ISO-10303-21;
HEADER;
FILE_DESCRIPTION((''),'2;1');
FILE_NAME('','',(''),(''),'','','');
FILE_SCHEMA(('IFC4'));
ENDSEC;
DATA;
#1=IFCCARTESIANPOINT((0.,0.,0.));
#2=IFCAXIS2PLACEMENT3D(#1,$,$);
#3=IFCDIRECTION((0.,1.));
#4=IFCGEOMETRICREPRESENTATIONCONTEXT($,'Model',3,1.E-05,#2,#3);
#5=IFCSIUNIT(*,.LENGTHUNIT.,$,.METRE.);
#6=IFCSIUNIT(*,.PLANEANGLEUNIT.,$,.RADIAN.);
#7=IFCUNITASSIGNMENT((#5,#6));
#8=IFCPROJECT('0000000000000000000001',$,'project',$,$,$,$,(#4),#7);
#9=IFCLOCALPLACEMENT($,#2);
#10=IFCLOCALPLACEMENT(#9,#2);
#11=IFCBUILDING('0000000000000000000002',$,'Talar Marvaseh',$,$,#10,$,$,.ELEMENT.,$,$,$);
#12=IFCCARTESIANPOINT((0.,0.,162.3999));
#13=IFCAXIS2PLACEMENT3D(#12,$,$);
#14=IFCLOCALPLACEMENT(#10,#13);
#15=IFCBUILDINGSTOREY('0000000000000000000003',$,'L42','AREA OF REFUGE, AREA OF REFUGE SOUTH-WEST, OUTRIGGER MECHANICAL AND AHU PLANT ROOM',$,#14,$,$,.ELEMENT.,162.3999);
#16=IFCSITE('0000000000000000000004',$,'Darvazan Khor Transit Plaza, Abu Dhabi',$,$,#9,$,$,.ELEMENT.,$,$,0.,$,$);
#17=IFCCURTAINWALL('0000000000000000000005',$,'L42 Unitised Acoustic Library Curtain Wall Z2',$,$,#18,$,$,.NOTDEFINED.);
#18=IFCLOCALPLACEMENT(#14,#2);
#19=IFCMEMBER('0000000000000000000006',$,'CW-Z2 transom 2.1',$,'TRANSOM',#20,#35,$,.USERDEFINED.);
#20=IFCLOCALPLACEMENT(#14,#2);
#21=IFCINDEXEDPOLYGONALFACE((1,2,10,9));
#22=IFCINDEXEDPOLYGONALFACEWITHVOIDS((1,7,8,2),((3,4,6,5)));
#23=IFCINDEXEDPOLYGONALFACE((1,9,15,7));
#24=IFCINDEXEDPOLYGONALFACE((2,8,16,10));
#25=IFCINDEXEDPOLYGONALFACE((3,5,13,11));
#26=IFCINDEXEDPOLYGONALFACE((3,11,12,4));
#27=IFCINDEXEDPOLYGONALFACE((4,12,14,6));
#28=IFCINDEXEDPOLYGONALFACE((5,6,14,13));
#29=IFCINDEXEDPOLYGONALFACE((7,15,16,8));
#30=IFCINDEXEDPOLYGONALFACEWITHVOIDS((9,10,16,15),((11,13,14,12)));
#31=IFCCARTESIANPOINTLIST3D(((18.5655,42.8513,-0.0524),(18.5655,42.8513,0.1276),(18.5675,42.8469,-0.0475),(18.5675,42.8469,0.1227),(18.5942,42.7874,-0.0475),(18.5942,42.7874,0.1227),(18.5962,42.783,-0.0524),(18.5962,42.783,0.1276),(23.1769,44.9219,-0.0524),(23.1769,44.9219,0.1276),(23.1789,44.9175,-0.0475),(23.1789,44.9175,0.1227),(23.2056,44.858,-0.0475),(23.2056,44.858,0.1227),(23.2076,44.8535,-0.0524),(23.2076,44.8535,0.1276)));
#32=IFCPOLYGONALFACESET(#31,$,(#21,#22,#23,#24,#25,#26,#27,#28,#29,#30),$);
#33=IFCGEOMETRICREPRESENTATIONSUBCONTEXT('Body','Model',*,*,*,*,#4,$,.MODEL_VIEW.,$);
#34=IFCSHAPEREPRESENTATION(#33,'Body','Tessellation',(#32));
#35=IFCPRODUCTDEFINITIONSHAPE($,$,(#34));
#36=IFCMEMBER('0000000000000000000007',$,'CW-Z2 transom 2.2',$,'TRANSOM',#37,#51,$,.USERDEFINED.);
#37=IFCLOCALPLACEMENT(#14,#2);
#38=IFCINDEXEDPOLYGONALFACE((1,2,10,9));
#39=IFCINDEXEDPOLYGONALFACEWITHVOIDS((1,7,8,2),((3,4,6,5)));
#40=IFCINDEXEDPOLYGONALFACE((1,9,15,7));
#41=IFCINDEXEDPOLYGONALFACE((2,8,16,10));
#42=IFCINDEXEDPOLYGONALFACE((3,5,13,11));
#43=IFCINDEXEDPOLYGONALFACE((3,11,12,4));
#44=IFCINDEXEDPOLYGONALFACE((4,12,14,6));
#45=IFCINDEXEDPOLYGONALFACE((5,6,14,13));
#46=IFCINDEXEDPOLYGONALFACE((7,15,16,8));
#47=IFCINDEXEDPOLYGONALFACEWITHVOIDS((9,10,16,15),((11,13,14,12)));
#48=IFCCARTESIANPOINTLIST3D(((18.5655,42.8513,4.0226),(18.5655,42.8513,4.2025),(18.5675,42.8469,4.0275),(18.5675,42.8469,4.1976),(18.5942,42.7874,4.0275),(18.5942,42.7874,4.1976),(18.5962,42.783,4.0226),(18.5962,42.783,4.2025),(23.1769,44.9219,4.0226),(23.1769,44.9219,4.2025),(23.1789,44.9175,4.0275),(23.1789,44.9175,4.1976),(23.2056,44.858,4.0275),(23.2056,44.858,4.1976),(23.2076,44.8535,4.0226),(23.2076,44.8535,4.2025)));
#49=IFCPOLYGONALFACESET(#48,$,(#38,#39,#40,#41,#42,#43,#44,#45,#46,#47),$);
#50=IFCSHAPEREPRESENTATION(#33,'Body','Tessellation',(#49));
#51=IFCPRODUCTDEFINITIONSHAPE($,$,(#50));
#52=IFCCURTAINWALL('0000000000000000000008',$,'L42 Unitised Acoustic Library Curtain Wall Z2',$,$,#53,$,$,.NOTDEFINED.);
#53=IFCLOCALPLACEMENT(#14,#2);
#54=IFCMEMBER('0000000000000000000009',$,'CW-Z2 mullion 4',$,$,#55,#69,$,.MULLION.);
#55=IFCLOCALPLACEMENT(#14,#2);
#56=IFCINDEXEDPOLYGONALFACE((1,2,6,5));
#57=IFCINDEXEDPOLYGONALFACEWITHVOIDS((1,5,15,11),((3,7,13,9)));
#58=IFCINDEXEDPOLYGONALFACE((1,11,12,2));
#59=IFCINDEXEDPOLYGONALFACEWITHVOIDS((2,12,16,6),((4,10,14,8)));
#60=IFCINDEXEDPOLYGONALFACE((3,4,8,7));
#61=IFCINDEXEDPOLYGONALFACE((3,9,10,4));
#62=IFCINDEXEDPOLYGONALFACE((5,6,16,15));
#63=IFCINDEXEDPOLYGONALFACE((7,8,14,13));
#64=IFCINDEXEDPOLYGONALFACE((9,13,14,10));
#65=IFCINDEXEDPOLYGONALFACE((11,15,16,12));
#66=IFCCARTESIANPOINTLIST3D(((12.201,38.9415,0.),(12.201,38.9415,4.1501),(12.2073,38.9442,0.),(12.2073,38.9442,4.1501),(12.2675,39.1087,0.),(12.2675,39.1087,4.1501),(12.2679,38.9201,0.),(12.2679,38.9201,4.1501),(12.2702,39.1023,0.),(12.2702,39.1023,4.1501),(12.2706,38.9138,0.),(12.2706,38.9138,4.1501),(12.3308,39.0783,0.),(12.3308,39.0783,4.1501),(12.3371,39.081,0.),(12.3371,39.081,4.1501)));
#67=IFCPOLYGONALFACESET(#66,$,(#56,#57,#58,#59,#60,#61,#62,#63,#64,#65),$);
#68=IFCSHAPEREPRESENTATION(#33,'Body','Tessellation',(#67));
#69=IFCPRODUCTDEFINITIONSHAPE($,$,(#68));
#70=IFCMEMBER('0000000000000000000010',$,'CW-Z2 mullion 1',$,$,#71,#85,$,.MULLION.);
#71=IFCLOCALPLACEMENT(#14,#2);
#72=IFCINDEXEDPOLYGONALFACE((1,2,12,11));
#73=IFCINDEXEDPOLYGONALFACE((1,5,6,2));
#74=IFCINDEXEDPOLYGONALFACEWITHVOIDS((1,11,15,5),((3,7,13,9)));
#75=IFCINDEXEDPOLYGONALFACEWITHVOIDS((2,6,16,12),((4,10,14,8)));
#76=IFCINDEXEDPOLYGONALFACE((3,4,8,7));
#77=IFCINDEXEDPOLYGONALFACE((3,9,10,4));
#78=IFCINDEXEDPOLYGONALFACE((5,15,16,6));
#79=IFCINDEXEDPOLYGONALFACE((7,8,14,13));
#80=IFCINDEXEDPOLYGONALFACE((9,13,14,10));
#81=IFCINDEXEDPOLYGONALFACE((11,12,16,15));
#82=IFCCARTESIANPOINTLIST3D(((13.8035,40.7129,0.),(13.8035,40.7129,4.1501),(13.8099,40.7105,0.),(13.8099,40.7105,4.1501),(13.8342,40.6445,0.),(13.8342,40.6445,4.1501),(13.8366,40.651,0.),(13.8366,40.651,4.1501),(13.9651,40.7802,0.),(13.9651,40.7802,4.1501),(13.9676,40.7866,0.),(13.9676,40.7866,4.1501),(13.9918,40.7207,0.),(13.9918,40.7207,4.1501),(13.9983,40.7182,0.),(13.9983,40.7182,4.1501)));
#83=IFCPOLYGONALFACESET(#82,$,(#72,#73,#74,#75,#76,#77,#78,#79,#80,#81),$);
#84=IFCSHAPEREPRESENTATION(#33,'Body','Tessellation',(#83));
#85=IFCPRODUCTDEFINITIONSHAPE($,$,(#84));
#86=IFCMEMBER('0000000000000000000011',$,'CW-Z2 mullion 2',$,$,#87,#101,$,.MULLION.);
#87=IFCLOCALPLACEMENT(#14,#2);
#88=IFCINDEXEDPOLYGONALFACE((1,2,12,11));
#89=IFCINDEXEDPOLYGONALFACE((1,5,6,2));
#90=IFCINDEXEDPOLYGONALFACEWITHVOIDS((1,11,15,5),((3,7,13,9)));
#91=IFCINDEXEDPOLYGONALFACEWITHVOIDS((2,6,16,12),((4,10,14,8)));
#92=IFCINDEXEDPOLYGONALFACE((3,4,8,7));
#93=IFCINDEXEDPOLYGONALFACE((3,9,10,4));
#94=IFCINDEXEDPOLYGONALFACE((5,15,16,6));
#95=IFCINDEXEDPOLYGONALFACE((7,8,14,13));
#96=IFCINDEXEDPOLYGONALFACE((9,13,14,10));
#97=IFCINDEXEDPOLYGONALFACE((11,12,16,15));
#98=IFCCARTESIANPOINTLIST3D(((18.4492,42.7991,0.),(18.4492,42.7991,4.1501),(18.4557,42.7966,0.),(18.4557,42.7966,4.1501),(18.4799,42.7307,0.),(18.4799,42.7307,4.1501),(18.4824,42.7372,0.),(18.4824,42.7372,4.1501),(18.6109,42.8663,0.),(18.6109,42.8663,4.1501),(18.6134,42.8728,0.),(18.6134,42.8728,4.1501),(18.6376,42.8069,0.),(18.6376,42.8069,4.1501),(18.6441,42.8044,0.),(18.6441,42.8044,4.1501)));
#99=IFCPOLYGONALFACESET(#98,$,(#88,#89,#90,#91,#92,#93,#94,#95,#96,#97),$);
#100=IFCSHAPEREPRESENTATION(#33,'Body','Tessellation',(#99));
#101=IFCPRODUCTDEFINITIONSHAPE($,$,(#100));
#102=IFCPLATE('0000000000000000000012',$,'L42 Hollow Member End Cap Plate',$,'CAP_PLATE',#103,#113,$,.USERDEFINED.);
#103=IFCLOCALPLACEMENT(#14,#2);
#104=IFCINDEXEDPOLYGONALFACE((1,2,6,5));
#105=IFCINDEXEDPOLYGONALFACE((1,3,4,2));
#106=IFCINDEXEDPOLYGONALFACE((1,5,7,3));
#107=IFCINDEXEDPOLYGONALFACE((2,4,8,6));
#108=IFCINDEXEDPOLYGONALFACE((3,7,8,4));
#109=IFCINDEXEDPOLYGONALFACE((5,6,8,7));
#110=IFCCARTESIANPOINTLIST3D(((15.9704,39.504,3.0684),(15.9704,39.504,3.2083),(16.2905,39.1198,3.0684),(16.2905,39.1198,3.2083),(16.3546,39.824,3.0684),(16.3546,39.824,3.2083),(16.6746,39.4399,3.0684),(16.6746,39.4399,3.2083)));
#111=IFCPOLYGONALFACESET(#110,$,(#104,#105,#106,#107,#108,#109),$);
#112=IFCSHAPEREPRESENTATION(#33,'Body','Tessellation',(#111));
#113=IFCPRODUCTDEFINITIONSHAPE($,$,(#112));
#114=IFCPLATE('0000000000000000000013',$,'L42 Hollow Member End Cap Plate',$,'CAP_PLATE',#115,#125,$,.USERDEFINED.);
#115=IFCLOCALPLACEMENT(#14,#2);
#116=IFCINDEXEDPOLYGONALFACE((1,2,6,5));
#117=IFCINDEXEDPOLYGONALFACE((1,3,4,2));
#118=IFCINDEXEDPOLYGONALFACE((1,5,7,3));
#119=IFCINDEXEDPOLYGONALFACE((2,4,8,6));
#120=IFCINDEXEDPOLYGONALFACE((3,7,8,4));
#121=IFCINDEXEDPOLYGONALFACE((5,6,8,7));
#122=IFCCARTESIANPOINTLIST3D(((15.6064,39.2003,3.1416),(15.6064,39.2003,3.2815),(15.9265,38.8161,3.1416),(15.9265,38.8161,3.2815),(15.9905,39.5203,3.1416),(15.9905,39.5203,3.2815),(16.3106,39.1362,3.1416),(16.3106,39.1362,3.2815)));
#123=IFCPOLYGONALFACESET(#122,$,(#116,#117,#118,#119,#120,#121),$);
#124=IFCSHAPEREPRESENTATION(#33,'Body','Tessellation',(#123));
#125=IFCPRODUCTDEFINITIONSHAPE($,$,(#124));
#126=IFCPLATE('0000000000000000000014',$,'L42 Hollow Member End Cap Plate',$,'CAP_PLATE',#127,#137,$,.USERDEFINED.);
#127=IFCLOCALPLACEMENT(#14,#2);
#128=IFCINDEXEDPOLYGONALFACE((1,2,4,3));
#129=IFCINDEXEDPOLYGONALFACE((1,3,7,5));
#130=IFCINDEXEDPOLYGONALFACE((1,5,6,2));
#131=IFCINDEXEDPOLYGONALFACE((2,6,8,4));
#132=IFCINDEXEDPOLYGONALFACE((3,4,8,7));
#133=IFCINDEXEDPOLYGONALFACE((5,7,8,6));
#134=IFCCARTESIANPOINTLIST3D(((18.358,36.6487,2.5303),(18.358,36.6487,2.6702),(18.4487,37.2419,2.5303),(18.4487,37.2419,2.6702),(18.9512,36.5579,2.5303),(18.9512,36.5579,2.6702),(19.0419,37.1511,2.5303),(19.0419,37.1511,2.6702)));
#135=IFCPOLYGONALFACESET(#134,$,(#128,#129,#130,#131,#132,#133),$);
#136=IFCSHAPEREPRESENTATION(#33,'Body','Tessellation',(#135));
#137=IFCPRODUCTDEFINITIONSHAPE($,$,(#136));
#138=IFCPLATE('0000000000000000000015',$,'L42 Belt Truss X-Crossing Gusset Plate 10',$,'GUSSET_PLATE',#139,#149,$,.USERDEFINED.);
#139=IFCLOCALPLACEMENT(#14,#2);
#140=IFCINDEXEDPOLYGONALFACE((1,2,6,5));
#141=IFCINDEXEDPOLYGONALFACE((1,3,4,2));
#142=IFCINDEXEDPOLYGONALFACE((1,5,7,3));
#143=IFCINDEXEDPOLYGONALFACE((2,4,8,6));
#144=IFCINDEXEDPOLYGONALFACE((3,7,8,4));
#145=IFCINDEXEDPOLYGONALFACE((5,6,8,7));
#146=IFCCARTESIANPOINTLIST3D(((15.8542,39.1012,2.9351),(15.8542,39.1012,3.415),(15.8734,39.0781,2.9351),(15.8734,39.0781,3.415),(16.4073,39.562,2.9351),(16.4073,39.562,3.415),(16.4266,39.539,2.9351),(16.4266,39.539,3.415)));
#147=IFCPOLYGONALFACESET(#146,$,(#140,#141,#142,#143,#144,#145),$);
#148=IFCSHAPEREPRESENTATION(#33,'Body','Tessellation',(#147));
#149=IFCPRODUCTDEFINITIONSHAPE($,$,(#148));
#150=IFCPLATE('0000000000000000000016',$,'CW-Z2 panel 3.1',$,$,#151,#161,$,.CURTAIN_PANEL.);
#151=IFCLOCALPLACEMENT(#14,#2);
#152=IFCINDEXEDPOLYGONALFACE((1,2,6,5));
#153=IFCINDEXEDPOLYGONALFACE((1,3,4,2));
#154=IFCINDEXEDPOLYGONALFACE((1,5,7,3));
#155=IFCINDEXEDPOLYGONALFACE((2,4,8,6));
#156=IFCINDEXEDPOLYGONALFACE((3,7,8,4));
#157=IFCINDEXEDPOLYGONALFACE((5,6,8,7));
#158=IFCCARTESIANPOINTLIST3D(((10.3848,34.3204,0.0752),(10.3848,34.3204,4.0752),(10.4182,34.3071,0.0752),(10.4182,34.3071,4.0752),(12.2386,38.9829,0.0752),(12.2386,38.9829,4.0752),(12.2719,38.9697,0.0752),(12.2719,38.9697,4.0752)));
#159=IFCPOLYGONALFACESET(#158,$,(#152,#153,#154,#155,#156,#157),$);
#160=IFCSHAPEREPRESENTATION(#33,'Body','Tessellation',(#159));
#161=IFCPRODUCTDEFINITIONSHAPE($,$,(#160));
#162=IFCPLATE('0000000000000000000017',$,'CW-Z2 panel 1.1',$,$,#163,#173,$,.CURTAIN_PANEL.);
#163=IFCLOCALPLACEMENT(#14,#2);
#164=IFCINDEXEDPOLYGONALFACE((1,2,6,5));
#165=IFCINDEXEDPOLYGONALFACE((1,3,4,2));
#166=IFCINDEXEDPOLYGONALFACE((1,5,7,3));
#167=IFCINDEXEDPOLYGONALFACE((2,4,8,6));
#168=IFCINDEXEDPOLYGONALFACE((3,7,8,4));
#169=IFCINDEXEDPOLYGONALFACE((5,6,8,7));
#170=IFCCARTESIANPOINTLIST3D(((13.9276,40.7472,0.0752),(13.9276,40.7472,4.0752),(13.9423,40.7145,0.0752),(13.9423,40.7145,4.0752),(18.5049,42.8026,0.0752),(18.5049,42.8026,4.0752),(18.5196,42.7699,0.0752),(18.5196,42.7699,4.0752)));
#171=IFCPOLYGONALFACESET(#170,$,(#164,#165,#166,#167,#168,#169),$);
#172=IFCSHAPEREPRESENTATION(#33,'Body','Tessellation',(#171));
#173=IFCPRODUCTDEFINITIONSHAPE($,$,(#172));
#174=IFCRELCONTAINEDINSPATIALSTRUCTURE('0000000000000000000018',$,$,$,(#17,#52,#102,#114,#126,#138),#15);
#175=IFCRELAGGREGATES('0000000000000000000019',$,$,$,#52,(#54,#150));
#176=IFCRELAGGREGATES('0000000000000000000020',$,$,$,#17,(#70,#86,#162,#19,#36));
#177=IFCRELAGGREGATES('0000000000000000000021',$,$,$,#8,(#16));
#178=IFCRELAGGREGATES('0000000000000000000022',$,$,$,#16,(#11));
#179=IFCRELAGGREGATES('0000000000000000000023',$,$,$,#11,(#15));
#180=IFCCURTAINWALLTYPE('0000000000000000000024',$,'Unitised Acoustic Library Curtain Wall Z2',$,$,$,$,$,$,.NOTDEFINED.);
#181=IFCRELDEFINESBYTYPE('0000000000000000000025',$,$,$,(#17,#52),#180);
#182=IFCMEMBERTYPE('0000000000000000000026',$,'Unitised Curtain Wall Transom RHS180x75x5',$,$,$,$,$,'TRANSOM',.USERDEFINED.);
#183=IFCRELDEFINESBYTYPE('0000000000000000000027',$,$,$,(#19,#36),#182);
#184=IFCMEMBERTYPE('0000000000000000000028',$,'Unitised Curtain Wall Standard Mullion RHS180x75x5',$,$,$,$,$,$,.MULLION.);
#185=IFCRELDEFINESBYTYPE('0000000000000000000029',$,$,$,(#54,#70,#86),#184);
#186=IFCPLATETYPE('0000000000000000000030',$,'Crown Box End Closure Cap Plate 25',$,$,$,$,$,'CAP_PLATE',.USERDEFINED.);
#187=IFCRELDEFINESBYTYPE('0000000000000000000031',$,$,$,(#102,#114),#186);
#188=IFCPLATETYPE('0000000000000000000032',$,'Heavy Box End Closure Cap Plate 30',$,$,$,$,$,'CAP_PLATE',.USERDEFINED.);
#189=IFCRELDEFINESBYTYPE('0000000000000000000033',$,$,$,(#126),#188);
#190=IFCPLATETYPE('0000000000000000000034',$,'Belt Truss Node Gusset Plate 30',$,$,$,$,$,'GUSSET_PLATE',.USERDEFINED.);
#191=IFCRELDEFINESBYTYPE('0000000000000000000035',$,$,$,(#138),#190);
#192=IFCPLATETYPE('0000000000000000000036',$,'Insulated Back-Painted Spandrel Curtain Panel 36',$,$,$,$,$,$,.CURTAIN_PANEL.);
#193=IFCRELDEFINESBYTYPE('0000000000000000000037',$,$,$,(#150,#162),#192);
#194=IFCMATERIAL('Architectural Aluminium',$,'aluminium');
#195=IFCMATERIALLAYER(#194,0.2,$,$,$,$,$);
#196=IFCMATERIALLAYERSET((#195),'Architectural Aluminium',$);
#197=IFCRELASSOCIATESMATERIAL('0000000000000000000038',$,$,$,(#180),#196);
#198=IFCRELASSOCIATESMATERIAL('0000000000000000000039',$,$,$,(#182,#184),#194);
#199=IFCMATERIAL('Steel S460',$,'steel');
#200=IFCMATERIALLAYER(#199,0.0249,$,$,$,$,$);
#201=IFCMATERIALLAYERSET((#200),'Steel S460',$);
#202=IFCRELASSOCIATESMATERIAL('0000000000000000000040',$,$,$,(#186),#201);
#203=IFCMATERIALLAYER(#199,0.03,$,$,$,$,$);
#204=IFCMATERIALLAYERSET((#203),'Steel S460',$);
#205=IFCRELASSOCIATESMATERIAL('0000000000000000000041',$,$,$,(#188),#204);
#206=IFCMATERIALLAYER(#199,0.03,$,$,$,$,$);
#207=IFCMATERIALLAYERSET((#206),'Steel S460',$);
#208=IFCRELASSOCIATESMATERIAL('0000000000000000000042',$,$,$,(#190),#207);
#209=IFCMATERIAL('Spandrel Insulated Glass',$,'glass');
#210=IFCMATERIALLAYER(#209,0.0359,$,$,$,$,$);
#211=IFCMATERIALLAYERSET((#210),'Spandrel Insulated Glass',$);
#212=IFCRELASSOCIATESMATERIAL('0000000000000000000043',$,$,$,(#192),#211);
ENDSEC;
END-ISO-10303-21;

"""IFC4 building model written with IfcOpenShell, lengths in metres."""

from ifc_helpers import new_model, si_unit, direction, frame, origin, origin_2d, place, context, subcontext, project, spatial, rectangle, hollow_rectangle, extrude, source, transform, mapped, material, layer, layer_set, material_profile, profile_set, type_object, type_shapes, element, aggregate, save


model = new_model("IFC4")

# Units and contexts
model_context = context("Model", 3, precision=1e-05, world=origin(), true_north=direction((0.0, 1.0)))
body_context = subcontext(model_context, "Body", "Model", "MODEL_VIEW")
ifc_project = project(units=[si_unit("LENGTHUNIT", "METRE"), si_unit("PLANEANGLEUNIT", "RADIAN")], contexts=[model_context])

# Site, building, storey
site_placement = place(None, origin())
site = spatial("IfcSite", under=ifc_project, at=site_placement, Name="Darvazan Khor Transit Plaza, Abu Dhabi", CompositionType="ELEMENT", RefElevation=0.0)
building_placement = place(site_placement, origin())
building = spatial("IfcBuilding", under=site, at=building_placement, Name="Talar Marvaseh", CompositionType="ELEMENT")
storey_placement = place(building_placement, frame((0.0, 0.0, 162.3999)))
storey = spatial("IfcBuildingStorey", under=building, at=storey_placement, Name="L42", Description="AREA OF REFUGE, AREA OF REFUGE SOUTH-WEST, OUTRIGGER MECHANICAL AND AHU PLANT ROOM", CompositionType="ELEMENT", Elevation=162.3999)

# Shared definitions
ifc_material_1 = material(Name="Steel S460", Category="steel")

# Curtain wall, members
ifc_material_2 = material(Name="Architectural Aluminium", Category="aluminium")
ifc_layer_1 = layer(ifc_material_2, 0.2)
ifc_layer_set_1 = layer_set([ifc_layer_1], Name="Architectural Aluminium")
curtain_wall_type = type_object("IfcCurtainWallType", Name="Unitised Acoustic Library Curtain Wall Z2", PredefinedType="NOTDEFINED", material=ifc_layer_set_1)
curtain_wall_1_placement = place(storey_placement, origin())
curtain_wall_1 = element("IfcCurtainWall", 1, at=curtain_wall_1_placement, inside=storey, type_object=curtain_wall_type, Name="L42 Unitised Acoustic Library Curtain Wall Z2", PredefinedType="NOTDEFINED")
ifc_material_profile_1 = material_profile(ifc_material_2, hollow_rectangle(XDim=0.075, YDim=0.1799, WallThickness=0.0049, at=origin_2d()), Name="RHS180x75x5")
ifc_profile_set_1 = profile_set([ifc_material_profile_1], Name="Architectural Aluminium")
member_type_1 = type_object("IfcMemberType", Name="Unitised Curtain Wall Transom RHS180x75x5", ElementType="TRANSOM", PredefinedType="USERDEFINED", material=ifc_profile_set_1)
shared_shape_1 = source(origin(), body_context, "Body", "SweptSolid", [
    extrude(hollow_rectangle(XDim=0.075, YDim=0.1799, WallThickness=0.0049, at=origin_2d()), origin(), (0.0, 0.0, 1.0), 5.0549),
])
member_1_placement = place(storey_placement, frame((18.5808, 42.8171, 0.0376), z_axis=(0.912257, 0.409617, 0.0), x_axis=(-0.409617, 0.912257, 0.0)))
member_1 = element("IfcMember", 2, at=member_1_placement, type_object=member_type_1, Name="CW-Z2 transom 2.1", ObjectType="TRANSOM", PredefinedType="USERDEFINED", context=body_context, shape_type="MappedRepresentation", body=[
    mapped(shared_shape_1, transform((0.0, 0.0, 0.0), x_axis=(1.0, 0.0, 0.0), y_axis=(0.0, 1.0, 0.0), z_axis=(0.0, 0.0, 1.0), scale=1.0)),
])
member_2_placement = place(storey_placement, frame((18.5808, 42.8171, 4.1125), z_axis=(0.912257, 0.409617, 0.0), x_axis=(-0.409617, 0.912257, 0.0)))
member_2 = element("IfcMember", 3, at=member_2_placement, type_object=member_type_1, Name="CW-Z2 transom 2.2", ObjectType="TRANSOM", PredefinedType="USERDEFINED", context=body_context, shape_type="MappedRepresentation", body=[
    mapped(shared_shape_1, transform((0.0, 0.0, 0.0), x_axis=(1.0, 0.0, 0.0), y_axis=(0.0, 1.0, 0.0), z_axis=(0.0, 0.0, 1.0), scale=1.0)),
])

# Curtain wall, member
curtain_wall_2_placement = place(storey_placement, origin())
curtain_wall_2 = element("IfcCurtainWall", 4, at=curtain_wall_2_placement, inside=storey, type_object=curtain_wall_type, Name="L42 Unitised Acoustic Library Curtain Wall Z2", PredefinedType="NOTDEFINED")
ifc_material_profile_2 = material_profile(ifc_material_2, hollow_rectangle(XDim=0.075, YDim=0.1799, WallThickness=0.0049, at=origin_2d()), Name="RHS180x75x5")
ifc_profile_set_2 = profile_set([ifc_material_profile_2], Name="Architectural Aluminium")
member_type_2 = type_object("IfcMemberType", Name="Unitised Curtain Wall Standard Mullion RHS180x75x5", PredefinedType="MULLION", material=ifc_profile_set_2)
shared_shape_2 = source(origin(), body_context, "Body", "SweptSolid", [
    extrude(hollow_rectangle(XDim=0.075, YDim=0.1799, WallThickness=0.0049, at=origin_2d()), origin(), (0.0, 0.0, 1.0), 4.1501),
])
type_shapes(member_type_2, [shared_shape_2])
member_3_placement = place(storey_placement, frame((12.269, 39.0112, 0.0), z_axis=(0.0, 0.0, 1.0), x_axis=(-0.929247, 0.369458, 0.0)))
member_3 = element("IfcMember", 5, at=member_3_placement, type_object=member_type_2, Name="CW-Z2 mullion 4", PredefinedType="MULLION", context=body_context, shape_type="MappedRepresentation", body=[
    mapped(shared_shape_2, transform((0.0, 0.0, 0.0), x_axis=(1.0, 0.0, 0.0), y_axis=(0.0, 1.0, 0.0), z_axis=(0.0, 0.0, 1.0), scale=1.0)),
])

# Members
member_4_placement = place(storey_placement, frame((13.9009, 40.7156, 0.0), z_axis=(0.0, 0.0, 1.0), x_axis=(-0.409639, 0.912248, 0.0)))
member_4 = element("IfcMember", 6, at=member_4_placement, type_object=member_type_2, Name="CW-Z2 mullion 1", PredefinedType="MULLION", context=body_context, shape_type="MappedRepresentation", body=[
    mapped(shared_shape_2, transform((0.0, 0.0, 0.0), x_axis=(1.0, 0.0, 0.0), y_axis=(0.0, 1.0, 0.0), z_axis=(0.0, 0.0, 1.0), scale=1.0)),
])
member_5_placement = place(storey_placement, frame((18.5466, 42.8018, 0.0), z_axis=(0.0, 0.0, 1.0), x_axis=(-0.409639, 0.912248, 0.0)))
member_5 = element("IfcMember", 7, at=member_5_placement, type_object=member_type_2, Name="CW-Z2 mullion 2", PredefinedType="MULLION", context=body_context, shape_type="MappedRepresentation", body=[
    mapped(shared_shape_2, transform((0.0, 0.0, 0.0), x_axis=(1.0, 0.0, 0.0), y_axis=(0.0, 1.0, 0.0), z_axis=(0.0, 0.0, 1.0), scale=1.0)),
])

# Plates
ifc_layer_2 = layer(ifc_material_1, 0.0249)
ifc_layer_set_2 = layer_set([ifc_layer_2], Name="Steel S460")
plate_type_1 = type_object("IfcPlateType", Name="Crown Box End Closure Cap Plate 25", ElementType="CAP_PLATE", PredefinedType="USERDEFINED", material=ifc_layer_set_2)
shared_shape_3 = source(origin(), body_context, "Body", "SweptSolid", [
    extrude(rectangle(XDim=0.5, YDim=0.5, at=origin_2d()), origin(), (0.0, 0.0, 1.0), 0.1399),
])
type_shapes(plate_type_1, [shared_shape_3])
for number, where, z_axis, x_axis, name in (
    (8, (16.3225, 39.4719, 3.0684), (0.0, 0.0, 1.0), (-0.768284, -0.64011, 0.0), "L42 Hollow Member End Cap Plate"),
    (9, (15.9585, 39.1682, 3.1416), (0.0, 0.0, 1.0), (-0.768284, -0.64011, 0.0), "L42 Hollow Member End Cap Plate"),
):
    element("IfcPlate", number, at=place(storey_placement, frame(where, z_axis=z_axis, x_axis=x_axis)), inside=storey, type_object=plate_type_1, Name=name, ObjectType="CAP_PLATE", PredefinedType="USERDEFINED", context=body_context, shape_type="MappedRepresentation", body=[
        mapped(shared_shape_3, transform((0.0, 0.0, 0.0), x_axis=(1.0, 0.0, 0.0), y_axis=(0.0, 1.0, 0.0), z_axis=(0.0, 0.0, 1.0), scale=1.0)),
    ])
ifc_layer_3 = layer(ifc_material_1, 0.03)
ifc_layer_set_3 = layer_set([ifc_layer_3], Name="Steel S460")
plate_type_2 = type_object("IfcPlateType", Name="Heavy Box End Closure Cap Plate 30", ElementType="CAP_PLATE", PredefinedType="USERDEFINED", material=ifc_layer_set_3)
shared_shape_4 = source(origin(), body_context, "Body", "SweptSolid", [
    extrude(rectangle(XDim=0.6001, YDim=0.6001, at=origin_2d()), origin(), (0.0, 0.0, 1.0), 0.1399),
])
type_shapes(plate_type_2, [shared_shape_4])
plate_1_placement = place(storey_placement, frame((18.7, 36.8999, 2.5303), z_axis=(0.0, 0.0, 1.0), x_axis=(0.151261, 0.988494, 0.0)))
element("IfcPlate", 10, at=plate_1_placement, inside=storey, type_object=plate_type_2, Name="L42 Hollow Member End Cap Plate", ObjectType="CAP_PLATE", PredefinedType="USERDEFINED", context=body_context, shape_type="MappedRepresentation", body=[
    mapped(shared_shape_4, transform((0.0, 0.0, 0.0), x_axis=(1.0, 0.0, 0.0), y_axis=(0.0, 1.0, 0.0), z_axis=(0.0, 0.0, 1.0), scale=1.0)),
])
ifc_layer_4 = layer(ifc_material_1, 0.03)
ifc_layer_set_4 = layer_set([ifc_layer_4], Name="Steel S460")
plate_type_3 = type_object("IfcPlateType", Name="Belt Truss Node Gusset Plate 30", ElementType="GUSSET_PLATE", PredefinedType="USERDEFINED", material=ifc_layer_set_4)
shared_shape_5 = source(origin(), body_context, "Body", "SweptSolid", [
    extrude(rectangle(XDim=0.72, YDim=0.03, at=origin_2d()), origin(), (0.0, 0.0, 1.0), 0.48),
])
type_shapes(plate_type_3, [shared_shape_5])
plate_2_placement = place(storey_placement, frame((16.1404, 39.3201, 2.9351), z_axis=(0.0, 0.0, 1.0), x_axis=(0.768284, 0.64011, 0.0)))
element("IfcPlate", 11, at=plate_2_placement, inside=storey, type_object=plate_type_3, Name="L42 Belt Truss X-Crossing Gusset Plate 10", ObjectType="GUSSET_PLATE", PredefinedType="USERDEFINED", context=body_context, shape_type="MappedRepresentation", body=[
    mapped(shared_shape_5, transform((0.0, 0.0, 0.0), x_axis=(1.0, 0.0, 0.0), y_axis=(0.0, 1.0, 0.0), z_axis=(0.0, 0.0, 1.0), scale=1.0)),
])

# Plates
ifc_material_3 = material(Name="Spandrel Insulated Glass", Category="glass")
ifc_layer_5 = layer(ifc_material_3, 0.0359)
ifc_layer_set_5 = layer_set([ifc_layer_5], Name="Spandrel Insulated Glass")
plate_type_4 = type_object("IfcPlateType", Name="Insulated Back-Painted Spandrel Curtain Panel 36", PredefinedType="CURTAIN_PANEL", material=ifc_layer_set_5)
shared_shape_6 = source(origin(), body_context, "Body", "SweptSolid", [
    extrude(rectangle(XDim=5.0176, YDim=0.0359, at=origin_2d()), origin(), (0.0, 0.0, 1.0), 4.0),
])
type_shapes(plate_type_4, [shared_shape_6])
plate_3_placement = place(storey_placement, frame((11.3284, 36.645, 0.0752), z_axis=(0.0, 0.0, 1.0), x_axis=(0.369458, 0.929247, 0.0)))
plate_3 = element("IfcPlate", 12, at=plate_3_placement, type_object=plate_type_4, Name="CW-Z2 panel 3.1", PredefinedType="CURTAIN_PANEL", context=body_context, shape_type="MappedRepresentation", body=[
    mapped(shared_shape_6, transform((0.0, 0.0, 0.0), x_axis=(1.0, 0.0, 0.0), y_axis=(0.0, 1.0, 0.0), z_axis=(0.0, 0.0, 1.0), scale=1.0)),
])
aggregate(curtain_wall_2, [member_3, plate_3])
plate_4_placement = place(storey_placement, frame((16.2236, 41.7585, 0.0752), z_axis=(0.0, 0.0, 1.0), x_axis=(0.912248, 0.409639, 0.0)))
plate_4 = element("IfcPlate", 13, at=plate_4_placement, type_object=plate_type_4, Name="CW-Z2 panel 1.1", PredefinedType="CURTAIN_PANEL", context=body_context, shape_type="MappedRepresentation", body=[
    mapped(shared_shape_6, transform((0.0, 0.0, 0.0), x_axis=(1.0, 0.0, 0.0), y_axis=(0.0, 1.0, 0.0), z_axis=(0.0, 0.0, 1.0), scale=1.0)),
])
aggregate(curtain_wall_1, [member_4, member_5, plate_4, member_1, member_2])

save(model, "model.ifc")
